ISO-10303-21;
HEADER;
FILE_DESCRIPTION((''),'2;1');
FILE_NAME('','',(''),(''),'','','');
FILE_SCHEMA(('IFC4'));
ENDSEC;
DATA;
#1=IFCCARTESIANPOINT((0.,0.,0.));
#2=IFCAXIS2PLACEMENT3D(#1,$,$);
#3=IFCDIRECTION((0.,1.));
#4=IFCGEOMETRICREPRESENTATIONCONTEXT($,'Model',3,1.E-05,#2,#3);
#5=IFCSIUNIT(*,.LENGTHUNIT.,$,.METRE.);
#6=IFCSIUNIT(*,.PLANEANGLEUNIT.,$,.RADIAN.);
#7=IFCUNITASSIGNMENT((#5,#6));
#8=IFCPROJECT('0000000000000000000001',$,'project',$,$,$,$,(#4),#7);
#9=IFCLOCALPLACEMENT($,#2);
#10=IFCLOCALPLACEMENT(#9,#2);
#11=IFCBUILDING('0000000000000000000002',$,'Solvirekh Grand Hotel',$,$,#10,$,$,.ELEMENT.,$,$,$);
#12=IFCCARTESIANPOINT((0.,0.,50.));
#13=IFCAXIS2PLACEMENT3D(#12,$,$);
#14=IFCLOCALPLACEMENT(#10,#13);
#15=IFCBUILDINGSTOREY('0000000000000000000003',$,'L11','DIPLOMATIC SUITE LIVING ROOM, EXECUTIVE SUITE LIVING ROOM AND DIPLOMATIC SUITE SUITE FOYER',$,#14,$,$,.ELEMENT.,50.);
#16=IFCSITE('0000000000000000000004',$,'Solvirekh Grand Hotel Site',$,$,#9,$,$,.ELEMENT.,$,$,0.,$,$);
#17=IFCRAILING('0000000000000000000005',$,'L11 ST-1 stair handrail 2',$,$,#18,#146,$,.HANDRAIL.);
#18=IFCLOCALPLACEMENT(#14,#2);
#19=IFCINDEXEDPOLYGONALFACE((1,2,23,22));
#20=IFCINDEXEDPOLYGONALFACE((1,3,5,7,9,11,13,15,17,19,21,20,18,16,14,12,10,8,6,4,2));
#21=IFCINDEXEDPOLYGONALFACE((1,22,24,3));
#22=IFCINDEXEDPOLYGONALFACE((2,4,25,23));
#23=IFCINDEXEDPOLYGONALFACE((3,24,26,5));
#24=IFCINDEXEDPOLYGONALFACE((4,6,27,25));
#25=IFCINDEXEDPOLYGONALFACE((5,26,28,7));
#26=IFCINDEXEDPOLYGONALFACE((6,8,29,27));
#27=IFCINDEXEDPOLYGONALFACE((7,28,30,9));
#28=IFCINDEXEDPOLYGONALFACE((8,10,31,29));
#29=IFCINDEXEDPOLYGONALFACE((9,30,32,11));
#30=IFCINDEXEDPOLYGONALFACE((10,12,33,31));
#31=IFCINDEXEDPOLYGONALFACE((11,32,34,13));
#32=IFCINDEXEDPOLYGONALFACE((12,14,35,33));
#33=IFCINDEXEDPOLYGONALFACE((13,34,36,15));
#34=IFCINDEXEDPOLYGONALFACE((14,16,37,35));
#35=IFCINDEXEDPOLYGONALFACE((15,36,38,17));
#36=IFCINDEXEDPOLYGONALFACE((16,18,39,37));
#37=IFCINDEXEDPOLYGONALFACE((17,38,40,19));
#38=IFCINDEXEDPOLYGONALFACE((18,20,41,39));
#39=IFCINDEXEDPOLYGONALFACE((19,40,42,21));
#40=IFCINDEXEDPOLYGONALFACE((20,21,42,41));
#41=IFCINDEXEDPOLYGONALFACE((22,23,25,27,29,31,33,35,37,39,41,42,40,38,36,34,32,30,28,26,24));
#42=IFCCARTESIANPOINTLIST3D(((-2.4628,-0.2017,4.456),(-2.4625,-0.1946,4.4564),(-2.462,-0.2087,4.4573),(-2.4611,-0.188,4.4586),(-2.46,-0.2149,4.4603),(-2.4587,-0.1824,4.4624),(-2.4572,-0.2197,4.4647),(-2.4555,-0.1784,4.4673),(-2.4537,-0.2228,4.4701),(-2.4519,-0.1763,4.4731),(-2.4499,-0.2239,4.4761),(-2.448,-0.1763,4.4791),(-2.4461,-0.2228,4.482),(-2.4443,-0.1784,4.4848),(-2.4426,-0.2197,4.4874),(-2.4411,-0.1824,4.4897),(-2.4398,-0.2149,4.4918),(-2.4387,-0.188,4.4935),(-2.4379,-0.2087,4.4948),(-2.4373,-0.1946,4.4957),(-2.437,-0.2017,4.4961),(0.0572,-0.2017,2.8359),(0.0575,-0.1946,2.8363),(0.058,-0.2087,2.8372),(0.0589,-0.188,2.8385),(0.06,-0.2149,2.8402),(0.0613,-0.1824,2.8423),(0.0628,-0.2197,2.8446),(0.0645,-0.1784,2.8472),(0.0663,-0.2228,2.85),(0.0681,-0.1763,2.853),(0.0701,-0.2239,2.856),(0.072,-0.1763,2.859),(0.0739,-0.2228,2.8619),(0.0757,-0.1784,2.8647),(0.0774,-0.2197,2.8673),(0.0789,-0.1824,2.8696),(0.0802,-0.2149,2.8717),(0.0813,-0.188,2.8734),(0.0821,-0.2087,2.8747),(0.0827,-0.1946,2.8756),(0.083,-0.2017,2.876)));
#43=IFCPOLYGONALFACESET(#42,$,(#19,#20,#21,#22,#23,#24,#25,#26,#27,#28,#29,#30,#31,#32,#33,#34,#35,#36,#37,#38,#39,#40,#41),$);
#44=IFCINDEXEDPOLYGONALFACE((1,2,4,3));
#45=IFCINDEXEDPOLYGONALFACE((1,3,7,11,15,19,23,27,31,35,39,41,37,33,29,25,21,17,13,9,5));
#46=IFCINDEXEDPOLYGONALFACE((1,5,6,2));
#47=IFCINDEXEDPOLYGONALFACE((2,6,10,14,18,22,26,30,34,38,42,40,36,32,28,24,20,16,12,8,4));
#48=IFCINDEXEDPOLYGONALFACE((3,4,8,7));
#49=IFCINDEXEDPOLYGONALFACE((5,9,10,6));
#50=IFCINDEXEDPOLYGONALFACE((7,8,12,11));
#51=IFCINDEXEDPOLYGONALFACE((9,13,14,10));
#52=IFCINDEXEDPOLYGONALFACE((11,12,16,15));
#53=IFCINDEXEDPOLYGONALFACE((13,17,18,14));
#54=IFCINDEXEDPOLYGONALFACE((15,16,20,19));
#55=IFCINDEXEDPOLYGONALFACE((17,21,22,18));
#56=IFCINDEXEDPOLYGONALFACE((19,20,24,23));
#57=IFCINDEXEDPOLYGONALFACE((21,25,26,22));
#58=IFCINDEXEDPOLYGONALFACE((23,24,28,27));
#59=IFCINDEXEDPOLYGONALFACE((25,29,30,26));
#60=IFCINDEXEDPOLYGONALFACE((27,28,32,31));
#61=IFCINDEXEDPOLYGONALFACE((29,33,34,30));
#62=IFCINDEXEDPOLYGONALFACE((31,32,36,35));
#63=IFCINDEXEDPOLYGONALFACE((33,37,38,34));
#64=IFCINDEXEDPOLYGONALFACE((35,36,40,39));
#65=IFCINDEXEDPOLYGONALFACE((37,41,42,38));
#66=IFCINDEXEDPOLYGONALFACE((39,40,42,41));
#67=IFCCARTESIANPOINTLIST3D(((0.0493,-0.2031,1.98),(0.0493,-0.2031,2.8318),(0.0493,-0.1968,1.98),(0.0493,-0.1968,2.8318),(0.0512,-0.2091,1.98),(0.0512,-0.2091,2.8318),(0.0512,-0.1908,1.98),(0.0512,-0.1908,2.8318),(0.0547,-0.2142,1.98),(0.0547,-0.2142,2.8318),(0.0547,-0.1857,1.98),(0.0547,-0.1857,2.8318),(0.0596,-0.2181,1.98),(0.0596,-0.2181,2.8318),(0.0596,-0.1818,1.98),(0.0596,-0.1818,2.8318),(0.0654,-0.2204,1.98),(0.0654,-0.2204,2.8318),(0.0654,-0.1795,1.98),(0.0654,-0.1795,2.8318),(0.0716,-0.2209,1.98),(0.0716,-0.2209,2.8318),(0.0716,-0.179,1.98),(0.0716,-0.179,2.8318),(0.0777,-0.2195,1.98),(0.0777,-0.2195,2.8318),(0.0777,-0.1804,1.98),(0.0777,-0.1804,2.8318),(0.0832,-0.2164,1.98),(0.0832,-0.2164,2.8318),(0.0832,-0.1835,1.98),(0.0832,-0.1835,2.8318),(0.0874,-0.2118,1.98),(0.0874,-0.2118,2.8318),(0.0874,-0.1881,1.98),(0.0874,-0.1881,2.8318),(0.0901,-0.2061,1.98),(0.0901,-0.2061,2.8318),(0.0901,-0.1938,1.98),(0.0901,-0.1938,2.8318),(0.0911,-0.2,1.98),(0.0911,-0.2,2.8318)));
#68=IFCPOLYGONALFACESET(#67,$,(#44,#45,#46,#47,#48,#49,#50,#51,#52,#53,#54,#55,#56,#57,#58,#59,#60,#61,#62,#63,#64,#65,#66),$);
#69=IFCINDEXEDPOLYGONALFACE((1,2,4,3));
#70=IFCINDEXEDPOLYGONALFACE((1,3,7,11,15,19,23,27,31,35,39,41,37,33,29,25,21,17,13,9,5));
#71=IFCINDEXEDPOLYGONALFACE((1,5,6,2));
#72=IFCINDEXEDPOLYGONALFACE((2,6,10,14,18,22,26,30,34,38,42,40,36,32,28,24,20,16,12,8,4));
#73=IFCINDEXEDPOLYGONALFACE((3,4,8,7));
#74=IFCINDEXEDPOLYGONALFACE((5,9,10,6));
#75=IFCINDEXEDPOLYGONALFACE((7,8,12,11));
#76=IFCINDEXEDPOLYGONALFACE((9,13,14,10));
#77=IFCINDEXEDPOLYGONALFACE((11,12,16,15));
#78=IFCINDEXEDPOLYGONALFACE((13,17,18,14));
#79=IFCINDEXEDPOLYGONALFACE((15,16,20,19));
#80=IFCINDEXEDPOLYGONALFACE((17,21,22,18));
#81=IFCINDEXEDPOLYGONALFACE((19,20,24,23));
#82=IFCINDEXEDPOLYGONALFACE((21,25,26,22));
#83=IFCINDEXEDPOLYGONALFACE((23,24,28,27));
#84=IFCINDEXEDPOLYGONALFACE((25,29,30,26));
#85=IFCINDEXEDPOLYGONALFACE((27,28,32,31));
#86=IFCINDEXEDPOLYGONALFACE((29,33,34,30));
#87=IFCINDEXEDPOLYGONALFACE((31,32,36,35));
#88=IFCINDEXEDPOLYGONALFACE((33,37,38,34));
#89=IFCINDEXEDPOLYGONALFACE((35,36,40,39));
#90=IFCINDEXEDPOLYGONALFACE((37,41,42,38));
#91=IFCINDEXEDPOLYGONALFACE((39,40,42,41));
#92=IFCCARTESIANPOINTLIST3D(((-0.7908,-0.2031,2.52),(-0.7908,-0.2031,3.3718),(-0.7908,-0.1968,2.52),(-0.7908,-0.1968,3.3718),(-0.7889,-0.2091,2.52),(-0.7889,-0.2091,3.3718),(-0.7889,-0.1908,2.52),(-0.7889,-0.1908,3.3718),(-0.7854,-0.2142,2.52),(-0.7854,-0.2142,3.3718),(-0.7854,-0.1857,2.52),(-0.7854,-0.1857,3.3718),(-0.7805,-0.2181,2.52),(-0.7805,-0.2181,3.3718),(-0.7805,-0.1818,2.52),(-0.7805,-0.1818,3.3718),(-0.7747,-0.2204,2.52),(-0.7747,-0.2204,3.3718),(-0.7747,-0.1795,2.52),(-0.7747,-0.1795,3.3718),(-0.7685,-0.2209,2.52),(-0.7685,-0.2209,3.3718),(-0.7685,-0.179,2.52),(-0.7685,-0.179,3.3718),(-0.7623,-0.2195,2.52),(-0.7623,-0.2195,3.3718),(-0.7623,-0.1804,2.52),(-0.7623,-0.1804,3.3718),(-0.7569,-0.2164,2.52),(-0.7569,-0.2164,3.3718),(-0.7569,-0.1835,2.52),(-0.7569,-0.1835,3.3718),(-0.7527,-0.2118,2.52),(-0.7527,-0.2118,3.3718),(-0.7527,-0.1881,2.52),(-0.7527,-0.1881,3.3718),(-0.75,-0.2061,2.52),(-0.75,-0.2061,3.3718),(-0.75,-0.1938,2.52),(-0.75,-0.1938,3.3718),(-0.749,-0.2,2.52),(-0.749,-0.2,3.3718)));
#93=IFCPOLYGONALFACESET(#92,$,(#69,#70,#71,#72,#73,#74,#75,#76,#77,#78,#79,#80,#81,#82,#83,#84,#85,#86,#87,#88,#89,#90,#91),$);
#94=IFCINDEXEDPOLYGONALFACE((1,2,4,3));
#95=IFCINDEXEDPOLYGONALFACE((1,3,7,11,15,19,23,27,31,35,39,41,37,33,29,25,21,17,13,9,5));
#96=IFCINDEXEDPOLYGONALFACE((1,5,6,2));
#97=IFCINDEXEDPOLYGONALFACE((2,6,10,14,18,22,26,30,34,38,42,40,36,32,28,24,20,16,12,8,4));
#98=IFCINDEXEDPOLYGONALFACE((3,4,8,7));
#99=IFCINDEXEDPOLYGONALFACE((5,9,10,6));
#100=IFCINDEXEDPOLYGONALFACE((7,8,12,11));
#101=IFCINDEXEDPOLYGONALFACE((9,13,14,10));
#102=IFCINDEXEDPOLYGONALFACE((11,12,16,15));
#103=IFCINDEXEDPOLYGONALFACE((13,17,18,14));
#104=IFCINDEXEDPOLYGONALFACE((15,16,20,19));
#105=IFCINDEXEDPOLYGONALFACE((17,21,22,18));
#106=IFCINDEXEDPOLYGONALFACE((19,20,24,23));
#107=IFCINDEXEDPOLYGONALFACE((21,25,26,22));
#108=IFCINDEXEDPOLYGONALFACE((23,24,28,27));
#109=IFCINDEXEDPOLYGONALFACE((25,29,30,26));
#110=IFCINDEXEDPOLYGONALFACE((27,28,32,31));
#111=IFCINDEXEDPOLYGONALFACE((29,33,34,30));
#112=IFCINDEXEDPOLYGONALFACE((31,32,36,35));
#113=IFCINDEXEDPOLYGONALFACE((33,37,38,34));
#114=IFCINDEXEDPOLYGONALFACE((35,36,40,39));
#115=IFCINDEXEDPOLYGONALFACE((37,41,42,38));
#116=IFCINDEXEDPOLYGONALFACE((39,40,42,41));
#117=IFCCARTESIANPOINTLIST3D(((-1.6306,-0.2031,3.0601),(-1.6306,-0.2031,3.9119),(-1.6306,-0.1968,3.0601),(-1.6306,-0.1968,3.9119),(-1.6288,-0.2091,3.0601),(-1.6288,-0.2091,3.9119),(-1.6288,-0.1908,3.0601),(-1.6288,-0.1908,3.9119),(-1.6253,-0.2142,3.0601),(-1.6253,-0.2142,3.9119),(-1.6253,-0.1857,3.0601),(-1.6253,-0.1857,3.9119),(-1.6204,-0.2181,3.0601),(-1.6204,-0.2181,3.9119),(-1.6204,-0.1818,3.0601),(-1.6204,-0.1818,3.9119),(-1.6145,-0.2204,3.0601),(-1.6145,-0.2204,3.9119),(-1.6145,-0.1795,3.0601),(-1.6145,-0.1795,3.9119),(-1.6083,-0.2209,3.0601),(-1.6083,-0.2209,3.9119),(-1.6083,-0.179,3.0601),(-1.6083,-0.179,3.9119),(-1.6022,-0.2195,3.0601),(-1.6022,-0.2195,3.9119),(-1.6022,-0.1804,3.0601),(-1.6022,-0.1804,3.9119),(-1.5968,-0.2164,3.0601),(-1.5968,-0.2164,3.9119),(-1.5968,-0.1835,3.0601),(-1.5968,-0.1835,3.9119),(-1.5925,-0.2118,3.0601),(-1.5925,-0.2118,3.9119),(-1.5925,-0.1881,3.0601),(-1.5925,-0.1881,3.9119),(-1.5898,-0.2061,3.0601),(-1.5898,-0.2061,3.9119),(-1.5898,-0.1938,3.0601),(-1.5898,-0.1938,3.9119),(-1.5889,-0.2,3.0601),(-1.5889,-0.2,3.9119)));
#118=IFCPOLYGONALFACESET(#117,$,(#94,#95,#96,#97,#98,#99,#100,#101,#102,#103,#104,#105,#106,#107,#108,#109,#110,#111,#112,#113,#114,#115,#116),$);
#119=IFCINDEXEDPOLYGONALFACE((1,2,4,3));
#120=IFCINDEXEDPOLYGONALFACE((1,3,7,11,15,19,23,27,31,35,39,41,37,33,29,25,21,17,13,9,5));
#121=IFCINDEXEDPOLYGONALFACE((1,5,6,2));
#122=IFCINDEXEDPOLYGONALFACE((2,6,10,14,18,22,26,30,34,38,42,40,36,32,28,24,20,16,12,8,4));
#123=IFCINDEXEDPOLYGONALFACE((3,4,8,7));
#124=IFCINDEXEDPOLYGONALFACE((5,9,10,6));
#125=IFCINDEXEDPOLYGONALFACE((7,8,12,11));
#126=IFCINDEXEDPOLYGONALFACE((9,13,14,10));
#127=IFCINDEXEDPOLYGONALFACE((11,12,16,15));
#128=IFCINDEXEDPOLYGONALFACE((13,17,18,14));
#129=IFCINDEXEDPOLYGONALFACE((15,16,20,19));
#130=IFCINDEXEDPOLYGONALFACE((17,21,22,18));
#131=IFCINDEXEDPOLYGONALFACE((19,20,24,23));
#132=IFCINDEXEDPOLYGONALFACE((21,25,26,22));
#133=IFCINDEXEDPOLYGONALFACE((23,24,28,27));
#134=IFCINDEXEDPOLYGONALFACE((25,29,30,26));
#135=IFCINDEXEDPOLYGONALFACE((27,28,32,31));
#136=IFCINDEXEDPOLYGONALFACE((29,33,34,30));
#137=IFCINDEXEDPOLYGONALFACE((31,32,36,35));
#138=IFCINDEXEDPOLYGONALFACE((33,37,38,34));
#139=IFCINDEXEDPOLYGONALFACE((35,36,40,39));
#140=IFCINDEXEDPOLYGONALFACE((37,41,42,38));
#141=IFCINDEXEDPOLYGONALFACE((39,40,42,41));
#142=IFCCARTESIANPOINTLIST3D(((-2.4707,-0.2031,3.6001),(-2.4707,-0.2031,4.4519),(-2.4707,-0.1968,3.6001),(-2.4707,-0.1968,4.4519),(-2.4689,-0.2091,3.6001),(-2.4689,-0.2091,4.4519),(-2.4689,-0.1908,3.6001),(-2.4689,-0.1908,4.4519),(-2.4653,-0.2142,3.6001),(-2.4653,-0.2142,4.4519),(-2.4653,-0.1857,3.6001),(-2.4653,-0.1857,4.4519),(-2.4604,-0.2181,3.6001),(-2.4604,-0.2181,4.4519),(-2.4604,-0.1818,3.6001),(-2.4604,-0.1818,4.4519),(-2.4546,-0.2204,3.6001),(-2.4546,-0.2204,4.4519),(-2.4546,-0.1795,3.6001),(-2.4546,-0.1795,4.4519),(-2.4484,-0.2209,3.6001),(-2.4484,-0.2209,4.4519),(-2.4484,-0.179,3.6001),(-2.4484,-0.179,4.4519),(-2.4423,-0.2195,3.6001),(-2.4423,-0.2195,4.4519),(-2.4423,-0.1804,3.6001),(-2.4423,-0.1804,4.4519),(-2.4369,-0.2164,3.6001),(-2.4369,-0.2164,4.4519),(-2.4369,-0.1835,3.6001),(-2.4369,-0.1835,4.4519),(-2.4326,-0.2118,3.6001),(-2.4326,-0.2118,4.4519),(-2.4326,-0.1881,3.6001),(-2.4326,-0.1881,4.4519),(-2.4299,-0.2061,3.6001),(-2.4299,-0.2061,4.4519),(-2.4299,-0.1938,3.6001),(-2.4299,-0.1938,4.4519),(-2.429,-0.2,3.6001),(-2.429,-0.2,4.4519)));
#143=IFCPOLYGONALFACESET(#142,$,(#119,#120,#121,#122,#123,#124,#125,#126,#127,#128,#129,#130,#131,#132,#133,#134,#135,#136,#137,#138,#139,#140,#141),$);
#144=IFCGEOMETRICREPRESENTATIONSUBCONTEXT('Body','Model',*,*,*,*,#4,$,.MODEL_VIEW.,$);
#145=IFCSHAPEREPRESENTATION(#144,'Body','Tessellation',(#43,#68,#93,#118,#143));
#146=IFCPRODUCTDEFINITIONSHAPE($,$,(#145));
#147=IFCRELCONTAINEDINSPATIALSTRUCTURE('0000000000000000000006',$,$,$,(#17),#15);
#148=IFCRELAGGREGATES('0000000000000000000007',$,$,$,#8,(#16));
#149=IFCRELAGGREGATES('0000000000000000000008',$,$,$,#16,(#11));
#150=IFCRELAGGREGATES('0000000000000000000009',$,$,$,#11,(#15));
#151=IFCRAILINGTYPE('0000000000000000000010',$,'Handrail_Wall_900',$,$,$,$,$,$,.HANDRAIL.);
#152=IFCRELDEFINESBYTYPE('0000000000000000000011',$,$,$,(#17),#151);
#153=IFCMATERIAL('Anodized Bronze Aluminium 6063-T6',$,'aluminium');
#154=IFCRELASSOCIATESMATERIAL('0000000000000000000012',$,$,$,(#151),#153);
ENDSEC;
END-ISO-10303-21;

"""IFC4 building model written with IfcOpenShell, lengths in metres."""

from ifc_helpers import new_model, si_unit, direction, frame, origin, origin_2d, place, context, subcontext, project, spatial, circle, extrude, material, type_object, element, save


model = new_model("IFC4")

# Units and contexts
model_context = context("Model", 3, precision=1e-05, world=origin(), true_north=direction((0.0, 1.0)))
body_context = subcontext(model_context, "Body", "Model", "MODEL_VIEW")
ifc_project = project(units=[si_unit("LENGTHUNIT", "METRE"), si_unit("PLANEANGLEUNIT", "RADIAN")], contexts=[model_context])

# Site, building, storey
site_placement = place(None, origin())
site = spatial("IfcSite", under=ifc_project, at=site_placement, Name="Solvirekh Grand Hotel Site", CompositionType="ELEMENT", RefElevation=0.0)
building_placement = place(site_placement, origin())
building = spatial("IfcBuilding", under=site, at=building_placement, Name="Solvirekh Grand Hotel", CompositionType="ELEMENT")
storey_placement = place(building_placement, frame((0.0, 0.0, 50.0)))
storey = spatial("IfcBuildingStorey", under=building, at=storey_placement, Name="L11", Description="DIPLOMATIC SUITE LIVING ROOM, EXECUTIVE SUITE LIVING ROOM AND DIPLOMATIC SUITE SUITE FOYER", CompositionType="ELEMENT", Elevation=50.0)

# Railing
ifc_material_1 = material(Name="Anodized Bronze Aluminium 6063-T6", Category="aluminium")
railing_type_1 = type_object("IfcRailingType", Name="Handrail_Wall_900", PredefinedType="HANDRAIL", material=ifc_material_1)
railing_1_placement = place(storey_placement, frame((0.0701, -0.2, 1.98)))
element("IfcRailing", 1, at=railing_1_placement, inside=storey, type_object=railing_type_1, Name="L11 ST-1 stair handrail 2", PredefinedType="HANDRAIL", context=body_context, shape_type="SweptSolid", body=[
    extrude(circle(Radius=0.0239, at=origin_2d()), frame((0.0, 0.0, 0.876), z_axis=(-0.841163, 0.0, 0.540782), x_axis=(0.0, -1.0, 0.0)), (0.0, 0.0, 1.0), 2.9958),
    extrude(circle(Radius=0.021, at=origin_2d()), origin(), (0.0, 0.0, 1.0), 0.8518),
    extrude(circle(Radius=0.021, at=origin_2d()), frame((-0.8401, 0.0, 0.54)), (0.0, 0.0, 1.0), 0.8518),
    extrude(circle(Radius=0.021, at=origin_2d()), frame((-1.6799, 0.0, 1.0801)), (0.0, 0.0, 1.0), 0.8518),
    extrude(circle(Radius=0.021, at=origin_2d()), frame((-2.52, 0.0, 1.6201)), (0.0, 0.0, 1.0), 0.8518),
])

save(model, "model.ifc")
